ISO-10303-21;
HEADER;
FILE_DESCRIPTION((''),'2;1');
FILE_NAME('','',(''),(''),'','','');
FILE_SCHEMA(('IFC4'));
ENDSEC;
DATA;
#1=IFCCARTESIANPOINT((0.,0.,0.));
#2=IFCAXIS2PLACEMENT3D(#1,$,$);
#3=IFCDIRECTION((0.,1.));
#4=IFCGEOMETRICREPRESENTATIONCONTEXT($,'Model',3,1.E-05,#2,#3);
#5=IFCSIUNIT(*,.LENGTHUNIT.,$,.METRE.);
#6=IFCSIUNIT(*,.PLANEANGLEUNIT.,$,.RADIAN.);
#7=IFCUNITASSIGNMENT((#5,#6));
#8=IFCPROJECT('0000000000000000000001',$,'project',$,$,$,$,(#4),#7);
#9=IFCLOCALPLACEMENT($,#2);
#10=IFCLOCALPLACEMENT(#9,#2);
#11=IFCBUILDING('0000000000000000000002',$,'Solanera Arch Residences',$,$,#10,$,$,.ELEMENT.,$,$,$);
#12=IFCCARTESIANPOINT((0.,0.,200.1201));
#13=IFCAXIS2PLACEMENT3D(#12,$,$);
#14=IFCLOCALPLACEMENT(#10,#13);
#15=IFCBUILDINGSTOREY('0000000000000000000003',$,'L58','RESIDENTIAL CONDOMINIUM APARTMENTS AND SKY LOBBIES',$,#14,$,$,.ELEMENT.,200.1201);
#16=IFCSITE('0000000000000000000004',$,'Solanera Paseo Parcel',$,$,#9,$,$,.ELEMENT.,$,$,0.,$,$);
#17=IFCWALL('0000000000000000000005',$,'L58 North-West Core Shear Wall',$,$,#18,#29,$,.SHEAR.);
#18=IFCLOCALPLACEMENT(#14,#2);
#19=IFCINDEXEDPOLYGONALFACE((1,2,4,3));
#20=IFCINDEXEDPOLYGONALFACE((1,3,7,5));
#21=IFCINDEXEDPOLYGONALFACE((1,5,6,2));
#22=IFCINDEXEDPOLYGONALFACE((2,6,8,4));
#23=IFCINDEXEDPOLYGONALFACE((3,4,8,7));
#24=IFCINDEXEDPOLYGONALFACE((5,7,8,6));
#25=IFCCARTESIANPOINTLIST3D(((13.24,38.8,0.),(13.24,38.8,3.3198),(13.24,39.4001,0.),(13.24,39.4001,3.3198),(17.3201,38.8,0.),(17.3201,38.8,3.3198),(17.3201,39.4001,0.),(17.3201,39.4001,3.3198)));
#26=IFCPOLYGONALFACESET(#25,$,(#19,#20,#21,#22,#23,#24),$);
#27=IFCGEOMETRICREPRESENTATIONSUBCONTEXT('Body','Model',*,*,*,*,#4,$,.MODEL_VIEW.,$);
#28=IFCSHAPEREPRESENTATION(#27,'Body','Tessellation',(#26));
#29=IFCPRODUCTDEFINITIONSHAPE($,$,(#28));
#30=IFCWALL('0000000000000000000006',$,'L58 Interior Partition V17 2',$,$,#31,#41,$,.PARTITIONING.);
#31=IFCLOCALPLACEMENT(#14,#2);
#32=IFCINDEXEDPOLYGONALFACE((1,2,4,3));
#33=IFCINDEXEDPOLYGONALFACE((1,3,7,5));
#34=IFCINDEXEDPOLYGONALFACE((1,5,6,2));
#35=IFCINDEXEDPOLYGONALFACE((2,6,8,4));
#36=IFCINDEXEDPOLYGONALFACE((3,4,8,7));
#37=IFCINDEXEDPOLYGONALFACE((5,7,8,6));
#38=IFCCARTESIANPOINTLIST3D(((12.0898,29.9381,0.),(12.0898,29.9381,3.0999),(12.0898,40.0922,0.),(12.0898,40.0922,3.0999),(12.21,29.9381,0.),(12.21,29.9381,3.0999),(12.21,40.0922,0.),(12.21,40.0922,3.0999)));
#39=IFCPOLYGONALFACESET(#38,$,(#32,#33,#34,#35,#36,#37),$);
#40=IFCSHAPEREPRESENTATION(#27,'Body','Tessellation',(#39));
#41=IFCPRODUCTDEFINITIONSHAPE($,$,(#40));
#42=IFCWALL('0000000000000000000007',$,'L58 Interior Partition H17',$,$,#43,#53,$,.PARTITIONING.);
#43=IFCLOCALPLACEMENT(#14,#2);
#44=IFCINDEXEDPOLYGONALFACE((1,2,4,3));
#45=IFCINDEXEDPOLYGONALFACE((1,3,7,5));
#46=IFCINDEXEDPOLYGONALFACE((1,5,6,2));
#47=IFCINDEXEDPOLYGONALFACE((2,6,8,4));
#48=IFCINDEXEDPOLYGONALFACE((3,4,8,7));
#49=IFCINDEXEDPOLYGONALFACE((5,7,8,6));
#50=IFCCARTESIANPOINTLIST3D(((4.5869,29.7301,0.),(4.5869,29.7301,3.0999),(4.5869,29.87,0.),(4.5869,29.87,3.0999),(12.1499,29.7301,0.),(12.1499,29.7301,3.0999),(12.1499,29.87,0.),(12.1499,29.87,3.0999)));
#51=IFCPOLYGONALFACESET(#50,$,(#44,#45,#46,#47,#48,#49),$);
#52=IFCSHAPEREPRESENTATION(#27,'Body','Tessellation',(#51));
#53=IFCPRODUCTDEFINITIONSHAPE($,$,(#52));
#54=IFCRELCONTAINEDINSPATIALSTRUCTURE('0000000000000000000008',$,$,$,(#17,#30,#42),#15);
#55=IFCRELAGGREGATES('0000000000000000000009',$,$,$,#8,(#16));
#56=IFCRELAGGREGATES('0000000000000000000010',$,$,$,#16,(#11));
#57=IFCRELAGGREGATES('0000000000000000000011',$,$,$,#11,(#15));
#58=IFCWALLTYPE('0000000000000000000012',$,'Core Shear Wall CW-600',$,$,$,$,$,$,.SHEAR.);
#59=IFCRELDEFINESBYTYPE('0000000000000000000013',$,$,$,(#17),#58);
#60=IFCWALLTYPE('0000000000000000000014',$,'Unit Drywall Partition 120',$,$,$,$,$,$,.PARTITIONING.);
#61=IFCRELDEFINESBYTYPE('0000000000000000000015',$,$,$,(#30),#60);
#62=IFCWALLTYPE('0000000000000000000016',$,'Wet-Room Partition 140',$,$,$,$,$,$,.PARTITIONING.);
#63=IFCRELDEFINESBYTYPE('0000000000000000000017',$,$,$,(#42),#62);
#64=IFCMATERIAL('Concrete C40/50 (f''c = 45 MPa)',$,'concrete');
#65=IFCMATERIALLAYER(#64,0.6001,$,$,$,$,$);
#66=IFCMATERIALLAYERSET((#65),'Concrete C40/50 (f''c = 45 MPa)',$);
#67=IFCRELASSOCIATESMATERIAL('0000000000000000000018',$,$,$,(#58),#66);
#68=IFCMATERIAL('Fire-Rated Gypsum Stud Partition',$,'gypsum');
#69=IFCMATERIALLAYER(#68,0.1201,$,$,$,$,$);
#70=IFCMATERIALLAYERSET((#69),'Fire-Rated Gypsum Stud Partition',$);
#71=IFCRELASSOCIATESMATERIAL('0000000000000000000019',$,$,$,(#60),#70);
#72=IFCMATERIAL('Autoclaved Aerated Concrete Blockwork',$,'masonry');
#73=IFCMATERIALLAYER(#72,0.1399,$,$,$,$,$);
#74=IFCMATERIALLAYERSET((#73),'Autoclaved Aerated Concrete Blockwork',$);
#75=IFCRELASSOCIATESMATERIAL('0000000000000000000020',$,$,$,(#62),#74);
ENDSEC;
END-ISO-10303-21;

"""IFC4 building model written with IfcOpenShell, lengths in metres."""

from ifc_helpers import new_model, si_unit, direction, frame, frame_2d, origin, place, context, subcontext, project, spatial, rectangle, extrude, material, layer, layer_set, type_object, element, save


model = new_model("IFC4")

# Units and contexts
model_context = context("Model", 3, precision=1e-05, world=origin(), true_north=direction((0.0, 1.0)))
body_context = subcontext(model_context, "Body", "Model", "MODEL_VIEW")
ifc_project = project(units=[si_unit("LENGTHUNIT", "METRE"), si_unit("PLANEANGLEUNIT", "RADIAN")], contexts=[model_context])

# Site, building, storey
site_placement = place(None, origin())
site = spatial("IfcSite", under=ifc_project, at=site_placement, Name="Solanera Paseo Parcel", CompositionType="ELEMENT", RefElevation=0.0)
building_placement = place(site_placement, origin())
building = spatial("IfcBuilding", under=site, at=building_placement, Name="Solanera Arch Residences", CompositionType="ELEMENT")
storey_placement = place(building_placement, frame((0.0, 0.0, 200.1201)))
storey = spatial("IfcBuildingStorey", under=building, at=storey_placement, Name="L58", Description="RESIDENTIAL CONDOMINIUM APARTMENTS AND SKY LOBBIES", CompositionType="ELEMENT", Elevation=200.1201)

# Walls
ifc_material_1 = material(Name="Concrete C40/50 (f'c = 45 MPa)", Category="concrete")
ifc_layer_1 = layer(ifc_material_1, 0.6001)
ifc_layer_set_1 = layer_set([ifc_layer_1], Name="Concrete C40/50 (f'c = 45 MPa)")
wall_type_1 = type_object("IfcWallType", Name="Core Shear Wall CW-600", PredefinedType="SHEAR", material=ifc_layer_set_1)
wall_1_placement = place(storey_placement, frame((13.24, 39.1001, 0.0), z_axis=(0.0, 0.0, 1.0), x_axis=(1.0, 0.0, 0.0)))
element("IfcWall", 1, at=wall_1_placement, inside=storey, type_object=wall_type_1, Name="L58 North-West Core Shear Wall", PredefinedType="SHEAR", context=body_context, shape_type="SweptSolid", body=[
    extrude(rectangle(XDim=4.0801, YDim=0.6001, at=frame_2d((2.04, 0.0))), origin(), (0.0, 0.0, 1.0), 3.3198),
])
ifc_material_2 = material(Name="Fire-Rated Gypsum Stud Partition", Category="gypsum")
ifc_layer_2 = layer(ifc_material_2, 0.1201)
ifc_layer_set_2 = layer_set([ifc_layer_2], Name="Fire-Rated Gypsum Stud Partition")
wall_type_2 = type_object("IfcWallType", Name="Unit Drywall Partition 120", PredefinedType="PARTITIONING", material=ifc_layer_set_2)
wall_2_placement = place(storey_placement, frame((12.1499, 29.938, 0.0), z_axis=(0.0, 0.0, 1.0), x_axis=(0.0, 1.0, 0.0)))
element("IfcWall", 2, at=wall_2_placement, inside=storey, type_object=wall_type_2, Name="L58 Interior Partition V17 2", PredefinedType="PARTITIONING", context=body_context, shape_type="SweptSolid", body=[
    extrude(rectangle(XDim=10.1541, YDim=0.1201, at=frame_2d((5.0771, 0.0))), origin(), (0.0, 0.0, 1.0), 3.0999),
])
ifc_material_3 = material(Name="Autoclaved Aerated Concrete Blockwork", Category="masonry")
ifc_layer_3 = layer(ifc_material_3, 0.1399)
ifc_layer_set_3 = layer_set([ifc_layer_3], Name="Autoclaved Aerated Concrete Blockwork")
wall_type_3 = type_object("IfcWallType", Name="Wet-Room Partition 140", PredefinedType="PARTITIONING", material=ifc_layer_set_3)
wall_3_placement = place(storey_placement, frame((4.5869, 29.8, 0.0), z_axis=(0.0, 0.0, 1.0), x_axis=(1.0, 0.0, 0.0)))
element("IfcWall", 3, at=wall_3_placement, inside=storey, type_object=wall_type_3, Name="L58 Interior Partition H17", PredefinedType="PARTITIONING", context=body_context, shape_type="SweptSolid", body=[
    extrude(rectangle(XDim=7.563, YDim=0.1399, at=frame_2d((3.7815, 0.0))), origin(), (0.0, 0.0, 1.0), 3.0999),
])

save(model, "model.ifc")
